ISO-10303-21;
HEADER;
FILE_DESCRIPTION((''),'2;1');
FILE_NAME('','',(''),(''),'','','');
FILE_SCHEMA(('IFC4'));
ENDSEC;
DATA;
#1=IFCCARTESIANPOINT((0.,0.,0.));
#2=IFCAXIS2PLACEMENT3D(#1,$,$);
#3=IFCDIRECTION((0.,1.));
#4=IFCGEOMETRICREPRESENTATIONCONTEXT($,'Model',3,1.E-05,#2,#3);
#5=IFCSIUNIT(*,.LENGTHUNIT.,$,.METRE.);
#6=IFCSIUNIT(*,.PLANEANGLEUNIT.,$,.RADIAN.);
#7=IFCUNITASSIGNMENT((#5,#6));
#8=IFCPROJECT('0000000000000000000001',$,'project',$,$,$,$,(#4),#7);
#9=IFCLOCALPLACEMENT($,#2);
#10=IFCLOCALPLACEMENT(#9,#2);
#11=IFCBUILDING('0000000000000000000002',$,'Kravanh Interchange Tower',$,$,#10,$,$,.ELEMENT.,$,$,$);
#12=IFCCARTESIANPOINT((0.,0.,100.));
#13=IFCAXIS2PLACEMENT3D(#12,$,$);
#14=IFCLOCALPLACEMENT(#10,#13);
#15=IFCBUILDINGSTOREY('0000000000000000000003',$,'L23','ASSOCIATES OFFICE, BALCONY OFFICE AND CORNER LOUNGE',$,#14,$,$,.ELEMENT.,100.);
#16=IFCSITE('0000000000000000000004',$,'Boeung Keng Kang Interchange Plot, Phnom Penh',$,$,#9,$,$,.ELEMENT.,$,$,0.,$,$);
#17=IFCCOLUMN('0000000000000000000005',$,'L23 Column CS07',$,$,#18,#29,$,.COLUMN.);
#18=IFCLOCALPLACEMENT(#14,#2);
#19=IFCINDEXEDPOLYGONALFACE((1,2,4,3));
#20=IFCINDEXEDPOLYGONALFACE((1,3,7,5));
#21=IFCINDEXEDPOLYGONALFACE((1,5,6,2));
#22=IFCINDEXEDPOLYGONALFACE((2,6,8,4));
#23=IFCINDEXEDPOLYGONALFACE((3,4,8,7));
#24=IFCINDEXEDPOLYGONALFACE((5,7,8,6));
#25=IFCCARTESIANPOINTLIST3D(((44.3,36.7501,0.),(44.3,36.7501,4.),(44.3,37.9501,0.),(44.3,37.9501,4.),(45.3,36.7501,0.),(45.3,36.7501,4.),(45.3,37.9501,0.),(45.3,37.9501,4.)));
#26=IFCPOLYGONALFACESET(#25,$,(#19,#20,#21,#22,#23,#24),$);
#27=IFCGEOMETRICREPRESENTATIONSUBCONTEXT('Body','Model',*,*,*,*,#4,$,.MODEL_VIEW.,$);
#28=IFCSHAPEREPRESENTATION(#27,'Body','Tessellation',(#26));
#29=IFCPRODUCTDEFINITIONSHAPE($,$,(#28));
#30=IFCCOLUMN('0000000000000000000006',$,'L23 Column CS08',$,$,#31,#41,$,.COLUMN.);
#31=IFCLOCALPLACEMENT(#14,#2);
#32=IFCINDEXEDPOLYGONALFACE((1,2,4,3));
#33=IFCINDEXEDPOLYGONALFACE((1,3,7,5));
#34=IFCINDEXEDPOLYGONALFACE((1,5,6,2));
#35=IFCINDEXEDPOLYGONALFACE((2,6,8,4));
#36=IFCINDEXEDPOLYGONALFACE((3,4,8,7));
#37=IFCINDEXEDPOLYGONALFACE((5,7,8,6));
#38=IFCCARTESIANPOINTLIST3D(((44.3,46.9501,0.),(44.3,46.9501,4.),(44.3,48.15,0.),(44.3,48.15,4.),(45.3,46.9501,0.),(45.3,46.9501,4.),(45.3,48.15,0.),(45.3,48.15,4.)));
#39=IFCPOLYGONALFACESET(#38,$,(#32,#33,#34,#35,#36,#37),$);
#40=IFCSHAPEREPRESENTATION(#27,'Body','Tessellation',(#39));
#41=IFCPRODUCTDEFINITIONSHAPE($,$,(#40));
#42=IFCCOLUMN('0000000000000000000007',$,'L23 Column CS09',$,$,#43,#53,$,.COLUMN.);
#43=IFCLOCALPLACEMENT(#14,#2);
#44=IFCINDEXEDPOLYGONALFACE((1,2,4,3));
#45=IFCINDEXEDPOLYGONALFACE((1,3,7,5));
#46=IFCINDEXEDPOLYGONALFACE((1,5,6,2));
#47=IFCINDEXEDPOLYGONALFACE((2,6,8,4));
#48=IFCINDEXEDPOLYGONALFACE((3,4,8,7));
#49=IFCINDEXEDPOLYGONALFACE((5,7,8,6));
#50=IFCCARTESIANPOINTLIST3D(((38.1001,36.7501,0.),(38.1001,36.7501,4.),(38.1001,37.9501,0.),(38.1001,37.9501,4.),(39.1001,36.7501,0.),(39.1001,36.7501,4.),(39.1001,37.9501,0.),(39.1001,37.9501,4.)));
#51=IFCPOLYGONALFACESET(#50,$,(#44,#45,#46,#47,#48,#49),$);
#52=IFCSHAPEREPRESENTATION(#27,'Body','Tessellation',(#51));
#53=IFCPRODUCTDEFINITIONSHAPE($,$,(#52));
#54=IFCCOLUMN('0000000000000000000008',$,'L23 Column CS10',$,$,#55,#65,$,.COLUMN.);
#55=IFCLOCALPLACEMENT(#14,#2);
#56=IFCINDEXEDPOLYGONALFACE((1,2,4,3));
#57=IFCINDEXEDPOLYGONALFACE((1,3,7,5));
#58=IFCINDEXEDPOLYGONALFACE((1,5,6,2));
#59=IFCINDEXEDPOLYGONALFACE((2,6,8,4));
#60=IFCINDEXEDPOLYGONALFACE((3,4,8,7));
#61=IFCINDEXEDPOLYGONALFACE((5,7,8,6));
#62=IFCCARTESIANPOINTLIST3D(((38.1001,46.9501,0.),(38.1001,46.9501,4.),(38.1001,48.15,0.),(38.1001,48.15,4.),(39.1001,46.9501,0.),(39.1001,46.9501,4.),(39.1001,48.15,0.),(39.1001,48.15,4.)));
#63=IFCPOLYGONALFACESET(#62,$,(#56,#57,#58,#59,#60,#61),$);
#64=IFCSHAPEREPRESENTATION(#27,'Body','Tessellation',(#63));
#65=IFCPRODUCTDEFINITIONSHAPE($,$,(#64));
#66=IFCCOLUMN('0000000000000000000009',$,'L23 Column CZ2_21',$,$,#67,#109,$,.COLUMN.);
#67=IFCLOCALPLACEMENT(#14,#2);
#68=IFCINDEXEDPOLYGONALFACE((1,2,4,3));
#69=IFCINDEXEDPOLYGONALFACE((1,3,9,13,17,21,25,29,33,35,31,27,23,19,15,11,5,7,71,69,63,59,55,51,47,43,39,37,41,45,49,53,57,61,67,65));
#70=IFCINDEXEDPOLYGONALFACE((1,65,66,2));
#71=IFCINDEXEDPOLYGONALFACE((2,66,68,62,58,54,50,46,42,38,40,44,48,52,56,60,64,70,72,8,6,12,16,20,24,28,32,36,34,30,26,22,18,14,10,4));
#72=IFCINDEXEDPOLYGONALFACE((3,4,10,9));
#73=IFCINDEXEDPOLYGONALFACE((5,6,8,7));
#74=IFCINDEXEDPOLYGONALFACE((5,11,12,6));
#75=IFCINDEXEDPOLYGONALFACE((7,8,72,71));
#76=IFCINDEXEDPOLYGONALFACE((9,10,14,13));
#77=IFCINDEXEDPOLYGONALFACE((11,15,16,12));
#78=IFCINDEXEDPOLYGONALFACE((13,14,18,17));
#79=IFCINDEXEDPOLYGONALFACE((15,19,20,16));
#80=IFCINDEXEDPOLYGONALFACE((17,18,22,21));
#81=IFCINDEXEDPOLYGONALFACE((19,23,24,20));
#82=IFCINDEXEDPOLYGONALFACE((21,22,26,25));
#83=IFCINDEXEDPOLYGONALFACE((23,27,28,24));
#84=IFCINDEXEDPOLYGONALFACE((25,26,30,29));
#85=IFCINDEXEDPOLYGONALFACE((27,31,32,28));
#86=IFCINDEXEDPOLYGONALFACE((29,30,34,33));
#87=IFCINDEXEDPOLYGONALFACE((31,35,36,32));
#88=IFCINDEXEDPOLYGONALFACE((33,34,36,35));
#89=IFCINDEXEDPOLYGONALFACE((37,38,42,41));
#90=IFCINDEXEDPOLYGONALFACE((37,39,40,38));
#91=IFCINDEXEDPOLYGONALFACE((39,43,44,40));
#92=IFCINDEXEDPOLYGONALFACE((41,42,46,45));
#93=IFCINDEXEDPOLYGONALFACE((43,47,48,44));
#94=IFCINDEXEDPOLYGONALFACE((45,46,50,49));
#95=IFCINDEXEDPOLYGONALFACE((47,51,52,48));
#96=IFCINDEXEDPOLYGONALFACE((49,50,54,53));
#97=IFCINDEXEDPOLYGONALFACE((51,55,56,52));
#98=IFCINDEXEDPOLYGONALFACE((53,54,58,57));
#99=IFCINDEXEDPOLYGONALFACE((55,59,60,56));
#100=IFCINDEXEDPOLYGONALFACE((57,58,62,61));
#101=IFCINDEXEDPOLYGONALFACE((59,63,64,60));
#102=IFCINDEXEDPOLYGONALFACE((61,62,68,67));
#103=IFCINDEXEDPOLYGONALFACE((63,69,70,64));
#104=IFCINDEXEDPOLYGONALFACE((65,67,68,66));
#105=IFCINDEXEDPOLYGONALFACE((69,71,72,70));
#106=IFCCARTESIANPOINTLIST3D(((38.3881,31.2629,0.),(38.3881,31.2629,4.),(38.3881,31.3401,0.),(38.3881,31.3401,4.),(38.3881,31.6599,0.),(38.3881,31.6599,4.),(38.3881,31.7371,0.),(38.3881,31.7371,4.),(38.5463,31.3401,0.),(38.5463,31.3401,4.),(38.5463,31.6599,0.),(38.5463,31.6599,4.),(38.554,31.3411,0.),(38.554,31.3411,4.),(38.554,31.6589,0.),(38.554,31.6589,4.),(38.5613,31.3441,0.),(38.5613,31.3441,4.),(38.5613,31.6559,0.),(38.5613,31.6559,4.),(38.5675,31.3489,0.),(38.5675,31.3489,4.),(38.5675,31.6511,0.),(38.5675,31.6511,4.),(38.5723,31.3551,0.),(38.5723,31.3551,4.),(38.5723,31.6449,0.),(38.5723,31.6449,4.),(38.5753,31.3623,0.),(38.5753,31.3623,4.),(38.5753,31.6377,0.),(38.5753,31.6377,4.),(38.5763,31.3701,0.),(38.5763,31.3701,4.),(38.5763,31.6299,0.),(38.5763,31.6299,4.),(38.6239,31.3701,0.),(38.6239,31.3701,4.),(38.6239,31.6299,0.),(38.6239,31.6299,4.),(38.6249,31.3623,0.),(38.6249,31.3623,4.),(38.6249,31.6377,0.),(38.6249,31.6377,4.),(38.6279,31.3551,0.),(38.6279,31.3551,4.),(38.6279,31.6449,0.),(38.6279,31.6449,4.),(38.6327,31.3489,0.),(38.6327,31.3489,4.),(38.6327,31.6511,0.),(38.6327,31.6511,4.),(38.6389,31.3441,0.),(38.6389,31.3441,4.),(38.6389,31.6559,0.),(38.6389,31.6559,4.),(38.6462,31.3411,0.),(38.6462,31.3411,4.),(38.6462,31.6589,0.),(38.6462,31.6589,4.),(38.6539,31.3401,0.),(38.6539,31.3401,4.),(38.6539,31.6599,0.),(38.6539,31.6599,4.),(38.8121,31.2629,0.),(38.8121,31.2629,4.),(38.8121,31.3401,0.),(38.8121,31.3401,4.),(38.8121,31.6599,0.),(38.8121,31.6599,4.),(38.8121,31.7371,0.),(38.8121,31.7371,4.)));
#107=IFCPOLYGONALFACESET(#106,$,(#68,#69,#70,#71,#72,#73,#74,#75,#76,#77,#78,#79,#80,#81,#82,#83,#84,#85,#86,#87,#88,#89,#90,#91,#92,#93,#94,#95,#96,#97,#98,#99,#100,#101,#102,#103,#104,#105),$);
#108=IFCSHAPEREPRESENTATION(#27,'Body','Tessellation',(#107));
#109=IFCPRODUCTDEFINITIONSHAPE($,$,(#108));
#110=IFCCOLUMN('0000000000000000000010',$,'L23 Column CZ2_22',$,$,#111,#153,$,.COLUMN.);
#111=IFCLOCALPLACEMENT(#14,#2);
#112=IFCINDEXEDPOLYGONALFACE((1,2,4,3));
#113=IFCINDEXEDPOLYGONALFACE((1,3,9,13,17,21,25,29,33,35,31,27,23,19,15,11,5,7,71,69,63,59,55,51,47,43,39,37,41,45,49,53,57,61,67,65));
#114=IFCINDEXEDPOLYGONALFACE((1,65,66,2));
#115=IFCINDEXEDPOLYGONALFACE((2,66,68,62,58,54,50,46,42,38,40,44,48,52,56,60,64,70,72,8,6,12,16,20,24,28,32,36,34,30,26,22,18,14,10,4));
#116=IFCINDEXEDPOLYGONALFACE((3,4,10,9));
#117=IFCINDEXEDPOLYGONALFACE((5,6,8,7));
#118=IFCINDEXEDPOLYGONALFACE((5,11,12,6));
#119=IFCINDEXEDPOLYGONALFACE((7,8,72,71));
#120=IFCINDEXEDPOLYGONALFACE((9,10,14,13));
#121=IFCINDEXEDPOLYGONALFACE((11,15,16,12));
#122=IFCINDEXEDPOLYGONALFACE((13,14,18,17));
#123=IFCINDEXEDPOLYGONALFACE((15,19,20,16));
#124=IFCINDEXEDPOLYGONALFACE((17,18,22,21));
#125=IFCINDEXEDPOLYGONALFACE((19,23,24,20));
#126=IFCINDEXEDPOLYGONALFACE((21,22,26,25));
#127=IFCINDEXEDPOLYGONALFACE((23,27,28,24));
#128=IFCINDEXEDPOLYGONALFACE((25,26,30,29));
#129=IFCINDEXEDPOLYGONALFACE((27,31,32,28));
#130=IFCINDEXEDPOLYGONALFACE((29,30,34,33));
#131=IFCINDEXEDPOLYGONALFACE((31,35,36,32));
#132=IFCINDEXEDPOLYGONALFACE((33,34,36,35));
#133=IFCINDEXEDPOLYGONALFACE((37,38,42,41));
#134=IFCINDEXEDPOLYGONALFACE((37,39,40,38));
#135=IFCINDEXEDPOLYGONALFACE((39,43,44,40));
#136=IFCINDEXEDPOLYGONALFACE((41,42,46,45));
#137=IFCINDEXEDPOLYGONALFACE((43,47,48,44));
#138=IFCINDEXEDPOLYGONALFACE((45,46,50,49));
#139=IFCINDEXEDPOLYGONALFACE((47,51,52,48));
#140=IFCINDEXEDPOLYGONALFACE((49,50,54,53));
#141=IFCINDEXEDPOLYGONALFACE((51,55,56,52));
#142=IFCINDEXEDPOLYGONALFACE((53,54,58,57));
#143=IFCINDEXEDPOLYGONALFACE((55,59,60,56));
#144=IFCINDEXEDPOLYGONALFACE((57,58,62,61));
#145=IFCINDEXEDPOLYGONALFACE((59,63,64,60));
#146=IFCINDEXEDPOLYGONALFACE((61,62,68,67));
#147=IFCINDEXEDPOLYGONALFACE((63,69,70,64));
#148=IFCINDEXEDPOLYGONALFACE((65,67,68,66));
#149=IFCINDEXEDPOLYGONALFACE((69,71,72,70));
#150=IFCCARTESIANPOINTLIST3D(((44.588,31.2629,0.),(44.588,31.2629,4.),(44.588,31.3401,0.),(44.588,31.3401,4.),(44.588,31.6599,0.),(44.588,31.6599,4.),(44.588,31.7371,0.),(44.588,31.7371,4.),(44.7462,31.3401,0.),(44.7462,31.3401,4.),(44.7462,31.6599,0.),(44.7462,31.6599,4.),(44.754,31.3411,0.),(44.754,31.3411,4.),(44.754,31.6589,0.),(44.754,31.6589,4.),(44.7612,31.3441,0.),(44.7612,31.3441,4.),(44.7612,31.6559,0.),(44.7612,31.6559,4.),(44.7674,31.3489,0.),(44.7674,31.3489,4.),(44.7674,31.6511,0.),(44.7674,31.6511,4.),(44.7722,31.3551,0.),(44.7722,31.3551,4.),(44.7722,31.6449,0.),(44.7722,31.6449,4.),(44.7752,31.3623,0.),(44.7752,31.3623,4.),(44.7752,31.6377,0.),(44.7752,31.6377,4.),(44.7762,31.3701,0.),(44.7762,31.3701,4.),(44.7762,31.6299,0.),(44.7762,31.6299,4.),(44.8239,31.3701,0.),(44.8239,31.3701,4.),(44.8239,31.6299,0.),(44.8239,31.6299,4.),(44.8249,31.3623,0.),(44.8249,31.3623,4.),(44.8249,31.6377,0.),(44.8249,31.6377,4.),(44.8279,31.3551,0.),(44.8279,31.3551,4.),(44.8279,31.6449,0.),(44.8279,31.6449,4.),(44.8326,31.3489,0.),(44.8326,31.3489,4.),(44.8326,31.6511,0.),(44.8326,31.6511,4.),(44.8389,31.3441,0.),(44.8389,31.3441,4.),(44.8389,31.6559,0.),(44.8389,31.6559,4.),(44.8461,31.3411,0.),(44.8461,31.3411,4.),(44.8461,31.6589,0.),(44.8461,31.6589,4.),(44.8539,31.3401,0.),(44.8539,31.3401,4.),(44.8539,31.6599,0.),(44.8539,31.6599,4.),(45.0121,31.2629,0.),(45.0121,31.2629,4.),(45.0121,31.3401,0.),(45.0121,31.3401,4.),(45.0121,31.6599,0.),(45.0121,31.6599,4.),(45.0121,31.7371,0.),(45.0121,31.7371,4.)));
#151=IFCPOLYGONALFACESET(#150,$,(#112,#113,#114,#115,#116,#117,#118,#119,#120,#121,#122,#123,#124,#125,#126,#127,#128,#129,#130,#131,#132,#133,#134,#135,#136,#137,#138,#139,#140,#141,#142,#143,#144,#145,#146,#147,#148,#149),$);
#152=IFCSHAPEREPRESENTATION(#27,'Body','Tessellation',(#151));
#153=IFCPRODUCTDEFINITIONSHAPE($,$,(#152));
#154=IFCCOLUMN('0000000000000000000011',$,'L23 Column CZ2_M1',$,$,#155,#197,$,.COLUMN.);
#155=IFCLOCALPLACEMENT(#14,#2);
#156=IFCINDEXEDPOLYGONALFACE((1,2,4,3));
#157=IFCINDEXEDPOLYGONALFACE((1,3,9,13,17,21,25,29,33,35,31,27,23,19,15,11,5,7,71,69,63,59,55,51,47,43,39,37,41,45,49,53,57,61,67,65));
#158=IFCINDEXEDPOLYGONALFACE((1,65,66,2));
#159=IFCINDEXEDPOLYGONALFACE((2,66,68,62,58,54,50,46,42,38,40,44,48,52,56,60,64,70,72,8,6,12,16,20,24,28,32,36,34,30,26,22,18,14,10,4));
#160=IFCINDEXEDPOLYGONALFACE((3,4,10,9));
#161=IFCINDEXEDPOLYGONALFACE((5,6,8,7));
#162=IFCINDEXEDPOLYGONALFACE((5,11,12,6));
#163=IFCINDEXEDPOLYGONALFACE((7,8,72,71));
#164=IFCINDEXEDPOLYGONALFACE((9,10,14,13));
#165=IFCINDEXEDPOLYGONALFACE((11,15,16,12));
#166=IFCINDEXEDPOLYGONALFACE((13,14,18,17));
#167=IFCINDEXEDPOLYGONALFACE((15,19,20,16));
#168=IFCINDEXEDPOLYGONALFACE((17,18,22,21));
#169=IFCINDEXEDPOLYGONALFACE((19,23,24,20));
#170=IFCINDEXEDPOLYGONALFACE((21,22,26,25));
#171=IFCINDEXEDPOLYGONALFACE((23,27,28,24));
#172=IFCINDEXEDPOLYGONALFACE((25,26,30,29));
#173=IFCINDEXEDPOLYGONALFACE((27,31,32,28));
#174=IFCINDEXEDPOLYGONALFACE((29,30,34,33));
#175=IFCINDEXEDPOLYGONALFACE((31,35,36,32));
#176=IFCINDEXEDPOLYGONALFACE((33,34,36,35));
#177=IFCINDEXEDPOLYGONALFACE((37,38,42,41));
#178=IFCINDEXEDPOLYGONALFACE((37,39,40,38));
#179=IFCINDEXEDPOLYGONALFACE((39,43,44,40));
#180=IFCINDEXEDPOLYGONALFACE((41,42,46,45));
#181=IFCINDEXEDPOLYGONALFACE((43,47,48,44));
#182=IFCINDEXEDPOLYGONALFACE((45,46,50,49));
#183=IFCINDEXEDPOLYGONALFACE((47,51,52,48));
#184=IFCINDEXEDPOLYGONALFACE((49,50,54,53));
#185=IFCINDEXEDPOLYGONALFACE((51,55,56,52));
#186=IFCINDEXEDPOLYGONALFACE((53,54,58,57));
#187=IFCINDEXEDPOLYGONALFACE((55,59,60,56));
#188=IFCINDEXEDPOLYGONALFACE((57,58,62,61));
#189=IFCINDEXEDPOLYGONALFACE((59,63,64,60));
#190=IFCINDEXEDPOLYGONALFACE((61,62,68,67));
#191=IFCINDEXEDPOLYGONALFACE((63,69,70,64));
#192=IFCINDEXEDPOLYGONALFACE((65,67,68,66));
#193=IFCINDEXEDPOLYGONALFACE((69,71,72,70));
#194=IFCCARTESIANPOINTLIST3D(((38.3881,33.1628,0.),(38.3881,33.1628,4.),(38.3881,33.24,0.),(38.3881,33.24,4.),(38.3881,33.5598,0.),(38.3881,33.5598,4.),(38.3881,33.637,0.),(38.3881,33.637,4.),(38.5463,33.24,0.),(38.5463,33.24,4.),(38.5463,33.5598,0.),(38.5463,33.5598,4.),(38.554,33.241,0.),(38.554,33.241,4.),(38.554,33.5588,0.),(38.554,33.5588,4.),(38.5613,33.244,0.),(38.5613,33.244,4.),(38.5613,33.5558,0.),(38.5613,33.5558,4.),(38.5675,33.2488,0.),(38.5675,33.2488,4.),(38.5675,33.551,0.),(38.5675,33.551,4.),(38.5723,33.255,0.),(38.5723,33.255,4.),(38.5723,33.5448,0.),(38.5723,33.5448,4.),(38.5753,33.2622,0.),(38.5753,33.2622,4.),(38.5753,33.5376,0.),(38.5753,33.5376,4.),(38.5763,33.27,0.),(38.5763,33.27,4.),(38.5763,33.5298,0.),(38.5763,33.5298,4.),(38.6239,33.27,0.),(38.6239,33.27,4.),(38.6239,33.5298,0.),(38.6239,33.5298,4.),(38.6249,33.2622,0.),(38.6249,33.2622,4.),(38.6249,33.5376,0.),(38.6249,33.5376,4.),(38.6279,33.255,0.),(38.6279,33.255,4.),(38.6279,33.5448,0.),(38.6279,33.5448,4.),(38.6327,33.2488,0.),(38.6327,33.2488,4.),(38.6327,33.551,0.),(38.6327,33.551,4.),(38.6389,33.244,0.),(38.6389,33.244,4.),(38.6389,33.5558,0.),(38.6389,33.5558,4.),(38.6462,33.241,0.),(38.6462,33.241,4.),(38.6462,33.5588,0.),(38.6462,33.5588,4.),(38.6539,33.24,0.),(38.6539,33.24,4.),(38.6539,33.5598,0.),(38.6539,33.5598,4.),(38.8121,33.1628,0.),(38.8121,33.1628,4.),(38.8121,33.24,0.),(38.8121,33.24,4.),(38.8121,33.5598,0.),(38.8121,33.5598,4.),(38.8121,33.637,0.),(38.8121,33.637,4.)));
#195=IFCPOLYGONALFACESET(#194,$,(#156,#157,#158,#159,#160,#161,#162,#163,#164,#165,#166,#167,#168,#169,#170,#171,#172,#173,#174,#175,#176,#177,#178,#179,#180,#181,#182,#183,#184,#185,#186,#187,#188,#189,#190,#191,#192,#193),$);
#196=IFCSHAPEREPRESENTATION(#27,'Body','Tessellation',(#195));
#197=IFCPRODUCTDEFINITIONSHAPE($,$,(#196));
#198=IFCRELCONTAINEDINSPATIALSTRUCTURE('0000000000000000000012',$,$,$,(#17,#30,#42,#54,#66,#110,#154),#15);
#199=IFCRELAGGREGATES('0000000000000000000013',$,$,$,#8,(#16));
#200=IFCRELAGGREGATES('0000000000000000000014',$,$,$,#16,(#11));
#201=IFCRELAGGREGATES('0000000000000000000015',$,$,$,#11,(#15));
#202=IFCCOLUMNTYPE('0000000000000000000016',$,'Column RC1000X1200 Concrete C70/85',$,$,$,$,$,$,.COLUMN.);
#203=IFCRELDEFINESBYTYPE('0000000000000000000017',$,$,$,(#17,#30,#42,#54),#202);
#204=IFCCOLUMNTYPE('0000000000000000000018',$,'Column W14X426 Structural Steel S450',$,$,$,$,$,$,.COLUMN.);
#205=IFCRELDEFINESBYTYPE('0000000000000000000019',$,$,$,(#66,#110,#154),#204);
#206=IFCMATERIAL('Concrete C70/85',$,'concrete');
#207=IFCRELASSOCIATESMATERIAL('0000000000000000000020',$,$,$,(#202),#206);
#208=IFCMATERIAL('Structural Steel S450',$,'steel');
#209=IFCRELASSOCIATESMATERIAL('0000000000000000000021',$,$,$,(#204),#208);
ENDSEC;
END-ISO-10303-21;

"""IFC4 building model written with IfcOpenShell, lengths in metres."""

from ifc_helpers import new_model, si_unit, direction, frame, origin, origin_2d, place, context, subcontext, project, spatial, rectangle, i_section, extrude, material, material_profile, profile_set, type_object, element, save


model = new_model("IFC4")

# Units and contexts
model_context = context("Model", 3, precision=1e-05, world=origin(), true_north=direction((0.0, 1.0)))
body_context = subcontext(model_context, "Body", "Model", "MODEL_VIEW")
ifc_project = project(units=[si_unit("LENGTHUNIT", "METRE"), si_unit("PLANEANGLEUNIT", "RADIAN")], contexts=[model_context])

# Site, building, storey
site_placement = place(None, origin())
site = spatial("IfcSite", under=ifc_project, at=site_placement, Name="Boeung Keng Kang Interchange Plot, Phnom Penh", CompositionType="ELEMENT", RefElevation=0.0)
building_placement = place(site_placement, origin())
building = spatial("IfcBuilding", under=site, at=building_placement, Name="Kravanh Interchange Tower", CompositionType="ELEMENT")
storey_placement = place(building_placement, frame((0.0, 0.0, 100.0)))
storey = spatial("IfcBuildingStorey", under=building, at=storey_placement, Name="L23", Description="ASSOCIATES OFFICE, BALCONY OFFICE AND CORNER LOUNGE", CompositionType="ELEMENT", Elevation=100.0)

# Columns
ifc_material_1 = material(Name="Concrete C70/85", Category="concrete")
ifc_material_profile_1 = material_profile(ifc_material_1, rectangle(XDim=1.0, YDim=1.2, at=origin_2d()), Name="RC1000X1200")
ifc_profile_set_1 = profile_set([ifc_material_profile_1], Name="Concrete C70/85")
column_type_1 = type_object("IfcColumnType", Name="Column RC1000X1200 Concrete C70/85", PredefinedType="COLUMN", material=ifc_profile_set_1)
for number, where, z_axis, x_axis, name in (
    (1, (44.8, 37.3501, 0.0), (0.0, 0.0, 1.0), (1.0, 0.0, 0.0), "L23 Column CS07"),
    (2, (44.8, 47.55, 0.0), (0.0, 0.0, 1.0), (1.0, 0.0, 0.0), "L23 Column CS08"),
    (3, (38.6001, 37.3501, 0.0), (0.0, 0.0, 1.0), (1.0, 0.0, 0.0), "L23 Column CS09"),
    (4, (38.6001, 47.55, 0.0), (0.0, 0.0, 1.0), (1.0, 0.0, 0.0), "L23 Column CS10"),
):
    element("IfcColumn", number, at=place(storey_placement, frame(where, z_axis=z_axis, x_axis=x_axis)), inside=storey, type_object=column_type_1, Name=name, PredefinedType="COLUMN", context=body_context, shape_type="SweptSolid", body=[
        extrude(rectangle(XDim=1.0, YDim=1.2, at=origin_2d()), origin(), (0.0, 0.0, 1.0), 4.0),
    ])
ifc_material_2 = material(Name="Structural Steel S450", Category="steel")
ifc_material_profile_2 = material_profile(ifc_material_2, i_section(OverallWidth=0.4241, OverallDepth=0.4741, WebThickness=0.0476, FlangeThickness=0.0771, FilletRadius=0.03, at=origin_2d()), Name="W14X426")
ifc_profile_set_2 = profile_set([ifc_material_profile_2], Name="Structural Steel S450")
column_type_2 = type_object("IfcColumnType", Name="Column W14X426 Structural Steel S450", PredefinedType="COLUMN", material=ifc_profile_set_2)
for number, where, z_axis, x_axis, name in (
    (5, (38.6001, 31.5, 0.0), (0.0, 0.0, 1.0), (1.0, 0.0, 0.0), "L23 Column CZ2_21"),
    (6, (44.8, 31.5, 0.0), (0.0, 0.0, 1.0), (1.0, 0.0, 0.0), "L23 Column CZ2_22"),
    (7, (38.6001, 33.3999, 0.0), (0.0, 0.0, 1.0), (1.0, 0.0, 0.0), "L23 Column CZ2_M1"),
):
    element("IfcColumn", number, at=place(storey_placement, frame(where, z_axis=z_axis, x_axis=x_axis)), inside=storey, type_object=column_type_2, Name=name, PredefinedType="COLUMN", context=body_context, shape_type="SweptSolid", body=[
        extrude(i_section(OverallWidth=0.4241, OverallDepth=0.4741, WebThickness=0.0476, FlangeThickness=0.0771, FilletRadius=0.03, at=origin_2d()), origin(), (0.0, 0.0, 1.0), 4.0),
    ])

save(model, "model.ifc")
